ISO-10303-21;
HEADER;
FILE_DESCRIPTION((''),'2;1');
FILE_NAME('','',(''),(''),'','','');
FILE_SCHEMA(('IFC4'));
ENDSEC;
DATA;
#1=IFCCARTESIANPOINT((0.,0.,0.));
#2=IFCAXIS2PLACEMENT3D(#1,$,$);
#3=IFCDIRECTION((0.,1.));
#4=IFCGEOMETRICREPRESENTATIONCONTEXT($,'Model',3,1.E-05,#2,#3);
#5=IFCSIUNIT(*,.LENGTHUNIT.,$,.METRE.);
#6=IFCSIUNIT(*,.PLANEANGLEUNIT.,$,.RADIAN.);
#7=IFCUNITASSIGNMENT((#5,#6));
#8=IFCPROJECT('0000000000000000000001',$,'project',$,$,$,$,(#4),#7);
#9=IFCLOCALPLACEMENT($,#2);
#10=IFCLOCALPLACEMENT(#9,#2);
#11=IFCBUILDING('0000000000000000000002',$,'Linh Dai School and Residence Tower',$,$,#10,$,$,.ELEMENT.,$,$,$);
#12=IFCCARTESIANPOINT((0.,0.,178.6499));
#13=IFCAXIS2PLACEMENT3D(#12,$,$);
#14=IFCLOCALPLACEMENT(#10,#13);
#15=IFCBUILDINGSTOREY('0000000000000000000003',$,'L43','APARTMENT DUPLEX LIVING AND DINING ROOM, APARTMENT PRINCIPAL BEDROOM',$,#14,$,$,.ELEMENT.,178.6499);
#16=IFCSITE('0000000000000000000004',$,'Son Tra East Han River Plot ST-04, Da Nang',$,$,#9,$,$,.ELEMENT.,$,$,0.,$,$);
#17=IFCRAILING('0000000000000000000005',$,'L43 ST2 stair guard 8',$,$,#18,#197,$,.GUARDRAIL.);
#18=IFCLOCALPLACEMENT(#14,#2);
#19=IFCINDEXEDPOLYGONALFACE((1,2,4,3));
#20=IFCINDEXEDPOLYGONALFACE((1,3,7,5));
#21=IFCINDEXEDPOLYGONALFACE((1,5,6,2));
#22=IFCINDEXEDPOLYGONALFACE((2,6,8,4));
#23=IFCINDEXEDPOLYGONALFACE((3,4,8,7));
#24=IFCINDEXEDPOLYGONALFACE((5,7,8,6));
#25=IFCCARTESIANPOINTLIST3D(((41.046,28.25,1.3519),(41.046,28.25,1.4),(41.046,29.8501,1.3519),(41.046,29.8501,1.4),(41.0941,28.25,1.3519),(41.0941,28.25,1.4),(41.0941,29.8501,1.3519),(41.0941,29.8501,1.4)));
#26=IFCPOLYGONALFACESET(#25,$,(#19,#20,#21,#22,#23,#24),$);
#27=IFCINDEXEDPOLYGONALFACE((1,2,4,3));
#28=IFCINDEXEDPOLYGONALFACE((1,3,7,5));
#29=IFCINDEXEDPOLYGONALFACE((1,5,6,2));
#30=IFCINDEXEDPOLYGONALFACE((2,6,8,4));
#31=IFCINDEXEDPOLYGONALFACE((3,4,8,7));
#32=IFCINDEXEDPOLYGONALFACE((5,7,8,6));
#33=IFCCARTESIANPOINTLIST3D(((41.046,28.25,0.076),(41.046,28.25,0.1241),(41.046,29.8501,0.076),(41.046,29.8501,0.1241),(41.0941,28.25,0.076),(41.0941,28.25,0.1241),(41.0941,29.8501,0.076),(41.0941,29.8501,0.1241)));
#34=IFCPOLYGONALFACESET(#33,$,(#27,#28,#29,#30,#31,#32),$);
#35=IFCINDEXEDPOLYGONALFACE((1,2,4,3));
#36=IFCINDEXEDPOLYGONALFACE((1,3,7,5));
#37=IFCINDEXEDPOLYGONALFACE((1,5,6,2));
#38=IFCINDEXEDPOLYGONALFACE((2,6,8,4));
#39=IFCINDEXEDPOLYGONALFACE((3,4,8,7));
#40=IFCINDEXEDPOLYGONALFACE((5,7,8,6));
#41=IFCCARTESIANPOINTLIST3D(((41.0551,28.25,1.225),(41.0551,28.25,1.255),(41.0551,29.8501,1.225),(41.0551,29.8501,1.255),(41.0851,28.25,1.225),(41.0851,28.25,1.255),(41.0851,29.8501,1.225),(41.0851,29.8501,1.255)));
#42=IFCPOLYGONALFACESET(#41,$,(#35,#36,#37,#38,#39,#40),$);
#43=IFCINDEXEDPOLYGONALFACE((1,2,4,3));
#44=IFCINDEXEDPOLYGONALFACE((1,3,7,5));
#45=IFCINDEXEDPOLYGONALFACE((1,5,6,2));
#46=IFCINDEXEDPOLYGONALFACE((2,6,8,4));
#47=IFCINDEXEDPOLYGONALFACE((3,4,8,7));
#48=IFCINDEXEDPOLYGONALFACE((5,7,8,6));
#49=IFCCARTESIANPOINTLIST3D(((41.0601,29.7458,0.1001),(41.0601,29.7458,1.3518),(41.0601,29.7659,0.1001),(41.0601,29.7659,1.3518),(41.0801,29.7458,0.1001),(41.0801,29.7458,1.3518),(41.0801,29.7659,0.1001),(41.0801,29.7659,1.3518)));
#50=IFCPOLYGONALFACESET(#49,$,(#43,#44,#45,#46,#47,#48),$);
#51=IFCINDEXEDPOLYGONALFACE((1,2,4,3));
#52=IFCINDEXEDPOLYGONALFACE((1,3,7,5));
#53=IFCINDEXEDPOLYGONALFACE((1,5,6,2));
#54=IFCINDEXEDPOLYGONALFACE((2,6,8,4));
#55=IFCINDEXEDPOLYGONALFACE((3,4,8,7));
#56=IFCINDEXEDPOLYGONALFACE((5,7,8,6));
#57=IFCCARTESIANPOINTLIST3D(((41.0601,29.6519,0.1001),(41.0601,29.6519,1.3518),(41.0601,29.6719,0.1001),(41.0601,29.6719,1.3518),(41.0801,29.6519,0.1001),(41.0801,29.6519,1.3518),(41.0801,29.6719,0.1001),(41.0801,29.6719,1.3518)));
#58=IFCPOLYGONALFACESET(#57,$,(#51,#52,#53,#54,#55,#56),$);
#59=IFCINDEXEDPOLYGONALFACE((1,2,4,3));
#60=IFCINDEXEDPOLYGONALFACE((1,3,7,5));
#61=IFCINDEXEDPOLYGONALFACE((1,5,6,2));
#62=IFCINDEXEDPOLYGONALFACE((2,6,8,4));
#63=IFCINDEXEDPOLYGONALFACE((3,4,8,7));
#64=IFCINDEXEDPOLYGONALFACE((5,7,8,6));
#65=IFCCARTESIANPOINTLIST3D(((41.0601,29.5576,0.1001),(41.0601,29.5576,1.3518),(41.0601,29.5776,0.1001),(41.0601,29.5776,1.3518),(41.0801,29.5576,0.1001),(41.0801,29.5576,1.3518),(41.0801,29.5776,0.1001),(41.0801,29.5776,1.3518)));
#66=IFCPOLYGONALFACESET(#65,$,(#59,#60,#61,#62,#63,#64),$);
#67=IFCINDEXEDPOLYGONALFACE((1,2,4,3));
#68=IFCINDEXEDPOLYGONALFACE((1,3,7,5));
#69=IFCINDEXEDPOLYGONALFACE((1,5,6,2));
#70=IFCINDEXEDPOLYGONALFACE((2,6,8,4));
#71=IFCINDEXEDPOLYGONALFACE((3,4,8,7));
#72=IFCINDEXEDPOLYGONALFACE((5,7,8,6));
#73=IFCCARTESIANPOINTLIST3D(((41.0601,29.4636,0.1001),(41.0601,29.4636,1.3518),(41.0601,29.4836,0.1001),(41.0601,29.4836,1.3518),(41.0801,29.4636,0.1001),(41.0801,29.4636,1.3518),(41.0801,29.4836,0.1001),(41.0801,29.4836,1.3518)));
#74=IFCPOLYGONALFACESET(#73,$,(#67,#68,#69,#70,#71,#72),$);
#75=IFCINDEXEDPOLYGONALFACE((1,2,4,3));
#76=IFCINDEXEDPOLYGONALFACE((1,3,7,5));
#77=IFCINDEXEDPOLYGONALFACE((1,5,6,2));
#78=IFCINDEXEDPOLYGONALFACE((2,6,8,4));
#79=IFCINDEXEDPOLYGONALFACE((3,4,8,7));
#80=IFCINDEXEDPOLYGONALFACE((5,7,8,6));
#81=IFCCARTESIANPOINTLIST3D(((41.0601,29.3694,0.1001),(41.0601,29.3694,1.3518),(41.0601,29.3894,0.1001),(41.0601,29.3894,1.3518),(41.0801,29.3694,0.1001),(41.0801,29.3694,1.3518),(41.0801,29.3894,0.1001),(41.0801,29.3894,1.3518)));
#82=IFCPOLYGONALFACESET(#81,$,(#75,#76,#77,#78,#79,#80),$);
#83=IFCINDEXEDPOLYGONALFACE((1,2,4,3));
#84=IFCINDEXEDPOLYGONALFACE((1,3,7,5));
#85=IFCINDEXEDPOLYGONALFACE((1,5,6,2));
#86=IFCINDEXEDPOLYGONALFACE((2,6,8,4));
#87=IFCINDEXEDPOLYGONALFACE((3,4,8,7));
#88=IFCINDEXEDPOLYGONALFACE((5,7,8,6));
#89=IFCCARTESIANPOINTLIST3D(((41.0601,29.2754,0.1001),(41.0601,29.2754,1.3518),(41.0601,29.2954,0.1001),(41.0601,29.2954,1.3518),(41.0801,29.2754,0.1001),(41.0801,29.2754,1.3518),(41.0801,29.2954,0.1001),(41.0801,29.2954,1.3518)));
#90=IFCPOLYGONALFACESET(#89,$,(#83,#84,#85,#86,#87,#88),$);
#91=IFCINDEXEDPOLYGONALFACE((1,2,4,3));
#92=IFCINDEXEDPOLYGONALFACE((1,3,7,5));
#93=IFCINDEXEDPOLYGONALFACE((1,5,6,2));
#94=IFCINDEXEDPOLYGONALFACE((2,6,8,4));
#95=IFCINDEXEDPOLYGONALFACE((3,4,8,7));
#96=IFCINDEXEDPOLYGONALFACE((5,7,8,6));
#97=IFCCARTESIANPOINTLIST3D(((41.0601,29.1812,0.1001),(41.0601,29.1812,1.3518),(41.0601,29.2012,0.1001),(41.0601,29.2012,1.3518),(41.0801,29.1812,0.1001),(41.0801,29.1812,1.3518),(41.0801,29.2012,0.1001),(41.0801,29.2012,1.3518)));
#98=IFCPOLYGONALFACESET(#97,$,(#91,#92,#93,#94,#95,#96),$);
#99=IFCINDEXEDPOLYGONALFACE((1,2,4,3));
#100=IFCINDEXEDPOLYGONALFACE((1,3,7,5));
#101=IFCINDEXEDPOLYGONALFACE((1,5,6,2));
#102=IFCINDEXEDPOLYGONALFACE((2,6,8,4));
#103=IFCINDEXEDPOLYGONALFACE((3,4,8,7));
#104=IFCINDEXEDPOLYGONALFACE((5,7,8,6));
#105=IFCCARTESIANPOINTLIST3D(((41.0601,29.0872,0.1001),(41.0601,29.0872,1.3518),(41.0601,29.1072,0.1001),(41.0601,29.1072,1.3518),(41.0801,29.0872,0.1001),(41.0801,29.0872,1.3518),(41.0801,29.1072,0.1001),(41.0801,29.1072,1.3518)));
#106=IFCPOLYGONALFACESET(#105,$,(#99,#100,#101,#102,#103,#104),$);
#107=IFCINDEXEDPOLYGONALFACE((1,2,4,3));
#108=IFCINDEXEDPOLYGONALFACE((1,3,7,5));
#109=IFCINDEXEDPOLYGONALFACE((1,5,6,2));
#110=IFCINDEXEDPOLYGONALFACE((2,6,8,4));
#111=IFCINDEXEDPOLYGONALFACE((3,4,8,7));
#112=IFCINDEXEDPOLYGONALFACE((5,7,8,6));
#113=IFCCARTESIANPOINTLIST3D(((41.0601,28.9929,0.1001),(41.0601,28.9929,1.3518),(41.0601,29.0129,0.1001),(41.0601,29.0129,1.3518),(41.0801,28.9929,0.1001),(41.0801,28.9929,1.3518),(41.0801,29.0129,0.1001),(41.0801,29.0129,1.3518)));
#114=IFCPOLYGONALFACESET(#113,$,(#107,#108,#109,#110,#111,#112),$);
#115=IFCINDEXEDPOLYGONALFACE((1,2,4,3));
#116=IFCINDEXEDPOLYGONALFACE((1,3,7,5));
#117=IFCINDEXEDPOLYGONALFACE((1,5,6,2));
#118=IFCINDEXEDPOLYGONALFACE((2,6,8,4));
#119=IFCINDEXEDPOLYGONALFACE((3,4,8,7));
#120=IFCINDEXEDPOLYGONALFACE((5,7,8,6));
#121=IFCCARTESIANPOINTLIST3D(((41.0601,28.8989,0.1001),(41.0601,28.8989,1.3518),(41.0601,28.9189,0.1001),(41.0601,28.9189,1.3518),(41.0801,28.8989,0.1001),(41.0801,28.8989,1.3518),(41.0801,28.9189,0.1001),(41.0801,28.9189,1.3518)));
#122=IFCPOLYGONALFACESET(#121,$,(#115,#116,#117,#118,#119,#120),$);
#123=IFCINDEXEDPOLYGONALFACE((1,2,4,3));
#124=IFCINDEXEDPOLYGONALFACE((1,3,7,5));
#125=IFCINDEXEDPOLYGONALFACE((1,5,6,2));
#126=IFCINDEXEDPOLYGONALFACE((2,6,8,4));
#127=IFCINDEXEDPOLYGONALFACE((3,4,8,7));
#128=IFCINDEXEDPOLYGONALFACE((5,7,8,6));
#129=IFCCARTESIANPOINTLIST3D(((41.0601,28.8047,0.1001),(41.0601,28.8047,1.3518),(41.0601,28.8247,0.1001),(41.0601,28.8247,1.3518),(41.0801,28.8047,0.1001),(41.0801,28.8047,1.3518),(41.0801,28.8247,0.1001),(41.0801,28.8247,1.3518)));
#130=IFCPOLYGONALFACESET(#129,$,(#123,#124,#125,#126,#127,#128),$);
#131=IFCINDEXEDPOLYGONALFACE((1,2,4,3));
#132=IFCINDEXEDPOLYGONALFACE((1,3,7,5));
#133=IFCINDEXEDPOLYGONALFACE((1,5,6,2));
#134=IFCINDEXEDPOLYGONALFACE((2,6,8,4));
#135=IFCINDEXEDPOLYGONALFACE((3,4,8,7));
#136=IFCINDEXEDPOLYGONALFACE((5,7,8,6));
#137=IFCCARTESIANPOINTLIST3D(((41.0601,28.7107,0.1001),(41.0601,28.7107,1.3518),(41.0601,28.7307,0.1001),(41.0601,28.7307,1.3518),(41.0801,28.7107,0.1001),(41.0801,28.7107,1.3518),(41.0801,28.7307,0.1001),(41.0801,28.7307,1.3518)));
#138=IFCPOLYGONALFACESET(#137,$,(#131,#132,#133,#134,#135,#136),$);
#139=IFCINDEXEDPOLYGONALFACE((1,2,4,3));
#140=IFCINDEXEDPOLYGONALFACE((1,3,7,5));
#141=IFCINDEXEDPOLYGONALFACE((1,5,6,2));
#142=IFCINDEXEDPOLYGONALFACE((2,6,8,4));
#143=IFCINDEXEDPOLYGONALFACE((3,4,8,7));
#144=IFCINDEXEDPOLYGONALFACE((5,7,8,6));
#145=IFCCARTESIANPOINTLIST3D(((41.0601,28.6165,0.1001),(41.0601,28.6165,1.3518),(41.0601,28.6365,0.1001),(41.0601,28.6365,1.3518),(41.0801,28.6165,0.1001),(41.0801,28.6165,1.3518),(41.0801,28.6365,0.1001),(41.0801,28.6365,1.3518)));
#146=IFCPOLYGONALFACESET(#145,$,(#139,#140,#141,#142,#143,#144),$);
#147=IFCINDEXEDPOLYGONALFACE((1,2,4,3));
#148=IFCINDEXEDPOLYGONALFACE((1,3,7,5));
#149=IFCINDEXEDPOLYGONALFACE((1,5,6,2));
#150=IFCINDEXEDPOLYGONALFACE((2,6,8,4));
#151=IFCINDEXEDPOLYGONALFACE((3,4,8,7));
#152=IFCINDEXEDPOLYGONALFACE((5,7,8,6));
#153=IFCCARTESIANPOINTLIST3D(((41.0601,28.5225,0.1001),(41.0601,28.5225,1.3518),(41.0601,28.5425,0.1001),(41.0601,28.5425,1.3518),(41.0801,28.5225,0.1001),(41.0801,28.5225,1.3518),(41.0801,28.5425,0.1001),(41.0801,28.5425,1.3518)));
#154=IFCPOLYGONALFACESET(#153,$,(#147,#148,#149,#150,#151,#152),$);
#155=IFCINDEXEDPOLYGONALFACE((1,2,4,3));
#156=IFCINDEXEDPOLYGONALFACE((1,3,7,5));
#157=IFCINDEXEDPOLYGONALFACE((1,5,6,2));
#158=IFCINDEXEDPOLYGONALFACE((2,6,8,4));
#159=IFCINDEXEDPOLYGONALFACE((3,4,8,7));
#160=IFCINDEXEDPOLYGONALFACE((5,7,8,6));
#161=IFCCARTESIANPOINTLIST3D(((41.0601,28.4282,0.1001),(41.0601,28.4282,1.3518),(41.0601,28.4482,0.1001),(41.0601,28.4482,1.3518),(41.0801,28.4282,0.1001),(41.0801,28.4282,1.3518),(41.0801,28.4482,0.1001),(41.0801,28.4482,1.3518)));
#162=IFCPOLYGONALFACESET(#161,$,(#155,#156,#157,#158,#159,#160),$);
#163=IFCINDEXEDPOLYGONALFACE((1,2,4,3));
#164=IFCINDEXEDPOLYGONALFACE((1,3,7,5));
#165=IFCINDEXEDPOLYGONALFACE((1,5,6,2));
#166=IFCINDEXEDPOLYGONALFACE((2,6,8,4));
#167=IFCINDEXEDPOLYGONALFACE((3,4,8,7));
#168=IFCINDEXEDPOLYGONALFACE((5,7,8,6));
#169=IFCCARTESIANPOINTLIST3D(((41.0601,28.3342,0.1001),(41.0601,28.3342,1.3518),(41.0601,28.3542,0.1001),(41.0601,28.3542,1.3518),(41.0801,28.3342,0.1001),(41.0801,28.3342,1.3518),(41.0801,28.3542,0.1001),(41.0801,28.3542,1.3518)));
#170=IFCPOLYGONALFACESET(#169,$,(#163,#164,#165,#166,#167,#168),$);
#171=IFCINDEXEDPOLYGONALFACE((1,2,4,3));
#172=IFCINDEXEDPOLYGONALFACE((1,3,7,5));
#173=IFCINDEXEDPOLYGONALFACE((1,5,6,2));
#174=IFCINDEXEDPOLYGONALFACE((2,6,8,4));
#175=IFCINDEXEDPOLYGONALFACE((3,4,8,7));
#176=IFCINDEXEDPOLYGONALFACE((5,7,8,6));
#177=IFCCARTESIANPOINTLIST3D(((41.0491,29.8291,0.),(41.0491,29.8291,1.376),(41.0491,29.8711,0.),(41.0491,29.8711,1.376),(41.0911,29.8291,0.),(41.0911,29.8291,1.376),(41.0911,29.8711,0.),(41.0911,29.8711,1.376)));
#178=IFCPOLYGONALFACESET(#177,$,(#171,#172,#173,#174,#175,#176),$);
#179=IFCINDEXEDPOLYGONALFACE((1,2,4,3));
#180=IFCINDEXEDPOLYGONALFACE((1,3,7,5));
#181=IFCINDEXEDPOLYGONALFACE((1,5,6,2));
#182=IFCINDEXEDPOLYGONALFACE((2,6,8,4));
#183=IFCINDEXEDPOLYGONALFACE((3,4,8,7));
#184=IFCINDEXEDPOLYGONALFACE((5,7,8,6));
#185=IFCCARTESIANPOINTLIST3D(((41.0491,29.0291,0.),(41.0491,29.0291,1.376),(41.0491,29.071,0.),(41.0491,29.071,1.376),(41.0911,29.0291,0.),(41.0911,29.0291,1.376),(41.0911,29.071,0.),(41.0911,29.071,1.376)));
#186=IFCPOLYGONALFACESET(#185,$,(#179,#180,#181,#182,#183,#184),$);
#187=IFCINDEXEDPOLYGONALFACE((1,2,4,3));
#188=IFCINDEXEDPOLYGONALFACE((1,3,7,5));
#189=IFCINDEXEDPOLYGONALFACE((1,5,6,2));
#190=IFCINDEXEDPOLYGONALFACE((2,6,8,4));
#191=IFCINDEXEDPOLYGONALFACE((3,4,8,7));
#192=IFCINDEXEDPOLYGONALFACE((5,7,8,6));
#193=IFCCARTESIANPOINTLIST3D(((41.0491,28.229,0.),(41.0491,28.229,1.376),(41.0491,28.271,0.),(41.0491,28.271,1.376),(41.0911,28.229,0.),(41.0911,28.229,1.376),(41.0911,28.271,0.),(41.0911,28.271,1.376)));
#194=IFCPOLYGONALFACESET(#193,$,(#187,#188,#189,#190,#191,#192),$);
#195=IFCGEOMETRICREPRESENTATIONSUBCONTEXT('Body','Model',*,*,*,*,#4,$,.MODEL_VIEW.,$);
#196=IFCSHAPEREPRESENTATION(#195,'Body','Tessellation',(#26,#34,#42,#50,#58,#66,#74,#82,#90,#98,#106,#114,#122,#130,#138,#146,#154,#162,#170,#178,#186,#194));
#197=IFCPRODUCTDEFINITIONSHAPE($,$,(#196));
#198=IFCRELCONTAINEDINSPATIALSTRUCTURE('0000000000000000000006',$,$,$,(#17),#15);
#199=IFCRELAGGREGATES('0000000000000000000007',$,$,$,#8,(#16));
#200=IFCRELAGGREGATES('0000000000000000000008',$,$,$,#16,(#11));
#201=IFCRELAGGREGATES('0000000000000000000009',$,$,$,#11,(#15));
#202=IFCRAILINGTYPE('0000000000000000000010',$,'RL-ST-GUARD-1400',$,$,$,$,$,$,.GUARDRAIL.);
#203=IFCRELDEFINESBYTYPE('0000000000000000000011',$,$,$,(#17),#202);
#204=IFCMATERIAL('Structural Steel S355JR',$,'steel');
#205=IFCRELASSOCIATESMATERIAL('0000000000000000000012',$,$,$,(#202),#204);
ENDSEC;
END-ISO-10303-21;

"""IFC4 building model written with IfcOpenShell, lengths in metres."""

from ifc_helpers import new_model, si_unit, direction, frame, origin, origin_2d, place, context, subcontext, project, spatial, rectangle, extrude, source, transform, mapped, material, type_object, element, save


model = new_model("IFC4")

# Units and contexts
model_context = context("Model", 3, precision=1e-05, world=origin(), true_north=direction((0.0, 1.0)))
body_context = subcontext(model_context, "Body", "Model", "MODEL_VIEW")
ifc_project = project(units=[si_unit("LENGTHUNIT", "METRE"), si_unit("PLANEANGLEUNIT", "RADIAN")], contexts=[model_context])

# Site, building, storey
site_placement = place(None, origin())
site = spatial("IfcSite", under=ifc_project, at=site_placement, Name="Son Tra East Han River Plot ST-04, Da Nang", CompositionType="ELEMENT", RefElevation=0.0)
building_placement = place(site_placement, origin())
building = spatial("IfcBuilding", under=site, at=building_placement, Name="Linh Dai School and Residence Tower", CompositionType="ELEMENT")
storey_placement = place(building_placement, frame((0.0, 0.0, 178.6499)))
storey = spatial("IfcBuildingStorey", under=building, at=storey_placement, Name="L43", Description="APARTMENT DUPLEX LIVING AND DINING ROOM, APARTMENT PRINCIPAL BEDROOM", CompositionType="ELEMENT", Elevation=178.6499)

# Shared definitions
ifc_material_1 = material(Name="Structural Steel S355JR", Category="steel")

# Railing
railing_type_1 = type_object("IfcRailingType", Name="RL-ST-GUARD-1400", PredefinedType="GUARDRAIL", material=ifc_material_1)
shared_shape_1 = source(origin(), body_context, "Body", "SweptSolid", [
    extrude(rectangle(XDim=0.0481, YDim=0.0481, at=origin_2d()), frame((0.0, 0.0, 1.376), z_axis=(0.0, -1.0, 0.0), x_axis=(1.0, 0.0, 0.0)), (0.0, 0.0, 1.0), 1.6001),
    extrude(rectangle(XDim=0.0481, YDim=0.0481, at=origin_2d()), frame((0.0, 0.0, 0.1001), z_axis=(0.0, -1.0, 0.0), x_axis=(1.0, 0.0, 0.0)), (0.0, 0.0, 1.0), 1.6001),
    extrude(rectangle(XDim=0.03, YDim=0.03, at=origin_2d()), frame((0.0, 0.0, 1.24), z_axis=(0.0, -1.0, 0.0), x_axis=(1.0, 0.0, 0.0)), (0.0, 0.0, 1.0), 1.6001),
    extrude(rectangle(XDim=0.02, YDim=0.02, at=origin_2d()), frame((0.0, -0.0942, 0.1001)), (0.0, 0.0, 1.0), 1.2517),
    extrude(rectangle(XDim=0.02, YDim=0.02, at=origin_2d()), frame((0.0, -0.1882, 0.1001)), (0.0, 0.0, 1.0), 1.2517),
    extrude(rectangle(XDim=0.02, YDim=0.02, at=origin_2d()), frame((0.0, -0.2825, 0.1001)), (0.0, 0.0, 1.0), 1.2517),
    extrude(rectangle(XDim=0.02, YDim=0.02, at=origin_2d()), frame((0.0, -0.3765, 0.1001)), (0.0, 0.0, 1.0), 1.2517),
    extrude(rectangle(XDim=0.02, YDim=0.02, at=origin_2d()), frame((0.0, -0.4707, 0.1001)), (0.0, 0.0, 1.0), 1.2517),
    extrude(rectangle(XDim=0.02, YDim=0.02, at=origin_2d()), frame((0.0, -0.5647, 0.1001)), (0.0, 0.0, 1.0), 1.2517),
    extrude(rectangle(XDim=0.02, YDim=0.02, at=origin_2d()), frame((0.0, -0.6589, 0.1001)), (0.0, 0.0, 1.0), 1.2517),
    extrude(rectangle(XDim=0.02, YDim=0.02, at=origin_2d()), frame((0.0, -0.7529, 0.1001)), (0.0, 0.0, 1.0), 1.2517),
    extrude(rectangle(XDim=0.02, YDim=0.02, at=origin_2d()), frame((0.0, -0.8472, 0.1001)), (0.0, 0.0, 1.0), 1.2517),
    extrude(rectangle(XDim=0.02, YDim=0.02, at=origin_2d()), frame((0.0, -0.9412, 0.1001)), (0.0, 0.0, 1.0), 1.2517),
    extrude(rectangle(XDim=0.02, YDim=0.02, at=origin_2d()), frame((0.0, -1.0354, 0.1001)), (0.0, 0.0, 1.0), 1.2517),
    extrude(rectangle(XDim=0.02, YDim=0.02, at=origin_2d()), frame((0.0, -1.1294, 0.1001)), (0.0, 0.0, 1.0), 1.2517),
    extrude(rectangle(XDim=0.02, YDim=0.02, at=origin_2d()), frame((0.0, -1.2236, 0.1001)), (0.0, 0.0, 1.0), 1.2517),
    extrude(rectangle(XDim=0.02, YDim=0.02, at=origin_2d()), frame((0.0, -1.3176, 0.1001)), (0.0, 0.0, 1.0), 1.2517),
    extrude(rectangle(XDim=0.02, YDim=0.02, at=origin_2d()), frame((0.0, -1.4119, 0.1001)), (0.0, 0.0, 1.0), 1.2517),
    extrude(rectangle(XDim=0.02, YDim=0.02, at=origin_2d()), frame((0.0, -1.5059, 0.1001)), (0.0, 0.0, 1.0), 1.2517),
    extrude(rectangle(XDim=0.042, YDim=0.042, at=origin_2d()), origin(), (0.0, 0.0, 1.0), 1.376),
    extrude(rectangle(XDim=0.042, YDim=0.042, at=origin_2d()), frame((0.0, -0.8, 0.0)), (0.0, 0.0, 1.0), 1.376),
    extrude(rectangle(XDim=0.042, YDim=0.042, at=origin_2d()), frame((0.0, -1.6001, 0.0)), (0.0, 0.0, 1.0), 1.376),
])
for number, where, name in (
    (1, (41.0701, 29.8501, 0.0), "L43 ST2 stair guard 8"),
):
    element("IfcRailing", number, at=place(storey_placement, frame(where)), inside=storey, type_object=railing_type_1, Name=name, PredefinedType="GUARDRAIL", context=body_context, shape_type="MappedRepresentation", body=[
        mapped(shared_shape_1, transform((0.0, 0.0, 0.0), x_axis=(1.0, 0.0, 0.0), y_axis=(0.0, 1.0, 0.0), z_axis=(0.0, 0.0, 1.0), scale=1.0)),
    ])

save(model, "model.ifc")
